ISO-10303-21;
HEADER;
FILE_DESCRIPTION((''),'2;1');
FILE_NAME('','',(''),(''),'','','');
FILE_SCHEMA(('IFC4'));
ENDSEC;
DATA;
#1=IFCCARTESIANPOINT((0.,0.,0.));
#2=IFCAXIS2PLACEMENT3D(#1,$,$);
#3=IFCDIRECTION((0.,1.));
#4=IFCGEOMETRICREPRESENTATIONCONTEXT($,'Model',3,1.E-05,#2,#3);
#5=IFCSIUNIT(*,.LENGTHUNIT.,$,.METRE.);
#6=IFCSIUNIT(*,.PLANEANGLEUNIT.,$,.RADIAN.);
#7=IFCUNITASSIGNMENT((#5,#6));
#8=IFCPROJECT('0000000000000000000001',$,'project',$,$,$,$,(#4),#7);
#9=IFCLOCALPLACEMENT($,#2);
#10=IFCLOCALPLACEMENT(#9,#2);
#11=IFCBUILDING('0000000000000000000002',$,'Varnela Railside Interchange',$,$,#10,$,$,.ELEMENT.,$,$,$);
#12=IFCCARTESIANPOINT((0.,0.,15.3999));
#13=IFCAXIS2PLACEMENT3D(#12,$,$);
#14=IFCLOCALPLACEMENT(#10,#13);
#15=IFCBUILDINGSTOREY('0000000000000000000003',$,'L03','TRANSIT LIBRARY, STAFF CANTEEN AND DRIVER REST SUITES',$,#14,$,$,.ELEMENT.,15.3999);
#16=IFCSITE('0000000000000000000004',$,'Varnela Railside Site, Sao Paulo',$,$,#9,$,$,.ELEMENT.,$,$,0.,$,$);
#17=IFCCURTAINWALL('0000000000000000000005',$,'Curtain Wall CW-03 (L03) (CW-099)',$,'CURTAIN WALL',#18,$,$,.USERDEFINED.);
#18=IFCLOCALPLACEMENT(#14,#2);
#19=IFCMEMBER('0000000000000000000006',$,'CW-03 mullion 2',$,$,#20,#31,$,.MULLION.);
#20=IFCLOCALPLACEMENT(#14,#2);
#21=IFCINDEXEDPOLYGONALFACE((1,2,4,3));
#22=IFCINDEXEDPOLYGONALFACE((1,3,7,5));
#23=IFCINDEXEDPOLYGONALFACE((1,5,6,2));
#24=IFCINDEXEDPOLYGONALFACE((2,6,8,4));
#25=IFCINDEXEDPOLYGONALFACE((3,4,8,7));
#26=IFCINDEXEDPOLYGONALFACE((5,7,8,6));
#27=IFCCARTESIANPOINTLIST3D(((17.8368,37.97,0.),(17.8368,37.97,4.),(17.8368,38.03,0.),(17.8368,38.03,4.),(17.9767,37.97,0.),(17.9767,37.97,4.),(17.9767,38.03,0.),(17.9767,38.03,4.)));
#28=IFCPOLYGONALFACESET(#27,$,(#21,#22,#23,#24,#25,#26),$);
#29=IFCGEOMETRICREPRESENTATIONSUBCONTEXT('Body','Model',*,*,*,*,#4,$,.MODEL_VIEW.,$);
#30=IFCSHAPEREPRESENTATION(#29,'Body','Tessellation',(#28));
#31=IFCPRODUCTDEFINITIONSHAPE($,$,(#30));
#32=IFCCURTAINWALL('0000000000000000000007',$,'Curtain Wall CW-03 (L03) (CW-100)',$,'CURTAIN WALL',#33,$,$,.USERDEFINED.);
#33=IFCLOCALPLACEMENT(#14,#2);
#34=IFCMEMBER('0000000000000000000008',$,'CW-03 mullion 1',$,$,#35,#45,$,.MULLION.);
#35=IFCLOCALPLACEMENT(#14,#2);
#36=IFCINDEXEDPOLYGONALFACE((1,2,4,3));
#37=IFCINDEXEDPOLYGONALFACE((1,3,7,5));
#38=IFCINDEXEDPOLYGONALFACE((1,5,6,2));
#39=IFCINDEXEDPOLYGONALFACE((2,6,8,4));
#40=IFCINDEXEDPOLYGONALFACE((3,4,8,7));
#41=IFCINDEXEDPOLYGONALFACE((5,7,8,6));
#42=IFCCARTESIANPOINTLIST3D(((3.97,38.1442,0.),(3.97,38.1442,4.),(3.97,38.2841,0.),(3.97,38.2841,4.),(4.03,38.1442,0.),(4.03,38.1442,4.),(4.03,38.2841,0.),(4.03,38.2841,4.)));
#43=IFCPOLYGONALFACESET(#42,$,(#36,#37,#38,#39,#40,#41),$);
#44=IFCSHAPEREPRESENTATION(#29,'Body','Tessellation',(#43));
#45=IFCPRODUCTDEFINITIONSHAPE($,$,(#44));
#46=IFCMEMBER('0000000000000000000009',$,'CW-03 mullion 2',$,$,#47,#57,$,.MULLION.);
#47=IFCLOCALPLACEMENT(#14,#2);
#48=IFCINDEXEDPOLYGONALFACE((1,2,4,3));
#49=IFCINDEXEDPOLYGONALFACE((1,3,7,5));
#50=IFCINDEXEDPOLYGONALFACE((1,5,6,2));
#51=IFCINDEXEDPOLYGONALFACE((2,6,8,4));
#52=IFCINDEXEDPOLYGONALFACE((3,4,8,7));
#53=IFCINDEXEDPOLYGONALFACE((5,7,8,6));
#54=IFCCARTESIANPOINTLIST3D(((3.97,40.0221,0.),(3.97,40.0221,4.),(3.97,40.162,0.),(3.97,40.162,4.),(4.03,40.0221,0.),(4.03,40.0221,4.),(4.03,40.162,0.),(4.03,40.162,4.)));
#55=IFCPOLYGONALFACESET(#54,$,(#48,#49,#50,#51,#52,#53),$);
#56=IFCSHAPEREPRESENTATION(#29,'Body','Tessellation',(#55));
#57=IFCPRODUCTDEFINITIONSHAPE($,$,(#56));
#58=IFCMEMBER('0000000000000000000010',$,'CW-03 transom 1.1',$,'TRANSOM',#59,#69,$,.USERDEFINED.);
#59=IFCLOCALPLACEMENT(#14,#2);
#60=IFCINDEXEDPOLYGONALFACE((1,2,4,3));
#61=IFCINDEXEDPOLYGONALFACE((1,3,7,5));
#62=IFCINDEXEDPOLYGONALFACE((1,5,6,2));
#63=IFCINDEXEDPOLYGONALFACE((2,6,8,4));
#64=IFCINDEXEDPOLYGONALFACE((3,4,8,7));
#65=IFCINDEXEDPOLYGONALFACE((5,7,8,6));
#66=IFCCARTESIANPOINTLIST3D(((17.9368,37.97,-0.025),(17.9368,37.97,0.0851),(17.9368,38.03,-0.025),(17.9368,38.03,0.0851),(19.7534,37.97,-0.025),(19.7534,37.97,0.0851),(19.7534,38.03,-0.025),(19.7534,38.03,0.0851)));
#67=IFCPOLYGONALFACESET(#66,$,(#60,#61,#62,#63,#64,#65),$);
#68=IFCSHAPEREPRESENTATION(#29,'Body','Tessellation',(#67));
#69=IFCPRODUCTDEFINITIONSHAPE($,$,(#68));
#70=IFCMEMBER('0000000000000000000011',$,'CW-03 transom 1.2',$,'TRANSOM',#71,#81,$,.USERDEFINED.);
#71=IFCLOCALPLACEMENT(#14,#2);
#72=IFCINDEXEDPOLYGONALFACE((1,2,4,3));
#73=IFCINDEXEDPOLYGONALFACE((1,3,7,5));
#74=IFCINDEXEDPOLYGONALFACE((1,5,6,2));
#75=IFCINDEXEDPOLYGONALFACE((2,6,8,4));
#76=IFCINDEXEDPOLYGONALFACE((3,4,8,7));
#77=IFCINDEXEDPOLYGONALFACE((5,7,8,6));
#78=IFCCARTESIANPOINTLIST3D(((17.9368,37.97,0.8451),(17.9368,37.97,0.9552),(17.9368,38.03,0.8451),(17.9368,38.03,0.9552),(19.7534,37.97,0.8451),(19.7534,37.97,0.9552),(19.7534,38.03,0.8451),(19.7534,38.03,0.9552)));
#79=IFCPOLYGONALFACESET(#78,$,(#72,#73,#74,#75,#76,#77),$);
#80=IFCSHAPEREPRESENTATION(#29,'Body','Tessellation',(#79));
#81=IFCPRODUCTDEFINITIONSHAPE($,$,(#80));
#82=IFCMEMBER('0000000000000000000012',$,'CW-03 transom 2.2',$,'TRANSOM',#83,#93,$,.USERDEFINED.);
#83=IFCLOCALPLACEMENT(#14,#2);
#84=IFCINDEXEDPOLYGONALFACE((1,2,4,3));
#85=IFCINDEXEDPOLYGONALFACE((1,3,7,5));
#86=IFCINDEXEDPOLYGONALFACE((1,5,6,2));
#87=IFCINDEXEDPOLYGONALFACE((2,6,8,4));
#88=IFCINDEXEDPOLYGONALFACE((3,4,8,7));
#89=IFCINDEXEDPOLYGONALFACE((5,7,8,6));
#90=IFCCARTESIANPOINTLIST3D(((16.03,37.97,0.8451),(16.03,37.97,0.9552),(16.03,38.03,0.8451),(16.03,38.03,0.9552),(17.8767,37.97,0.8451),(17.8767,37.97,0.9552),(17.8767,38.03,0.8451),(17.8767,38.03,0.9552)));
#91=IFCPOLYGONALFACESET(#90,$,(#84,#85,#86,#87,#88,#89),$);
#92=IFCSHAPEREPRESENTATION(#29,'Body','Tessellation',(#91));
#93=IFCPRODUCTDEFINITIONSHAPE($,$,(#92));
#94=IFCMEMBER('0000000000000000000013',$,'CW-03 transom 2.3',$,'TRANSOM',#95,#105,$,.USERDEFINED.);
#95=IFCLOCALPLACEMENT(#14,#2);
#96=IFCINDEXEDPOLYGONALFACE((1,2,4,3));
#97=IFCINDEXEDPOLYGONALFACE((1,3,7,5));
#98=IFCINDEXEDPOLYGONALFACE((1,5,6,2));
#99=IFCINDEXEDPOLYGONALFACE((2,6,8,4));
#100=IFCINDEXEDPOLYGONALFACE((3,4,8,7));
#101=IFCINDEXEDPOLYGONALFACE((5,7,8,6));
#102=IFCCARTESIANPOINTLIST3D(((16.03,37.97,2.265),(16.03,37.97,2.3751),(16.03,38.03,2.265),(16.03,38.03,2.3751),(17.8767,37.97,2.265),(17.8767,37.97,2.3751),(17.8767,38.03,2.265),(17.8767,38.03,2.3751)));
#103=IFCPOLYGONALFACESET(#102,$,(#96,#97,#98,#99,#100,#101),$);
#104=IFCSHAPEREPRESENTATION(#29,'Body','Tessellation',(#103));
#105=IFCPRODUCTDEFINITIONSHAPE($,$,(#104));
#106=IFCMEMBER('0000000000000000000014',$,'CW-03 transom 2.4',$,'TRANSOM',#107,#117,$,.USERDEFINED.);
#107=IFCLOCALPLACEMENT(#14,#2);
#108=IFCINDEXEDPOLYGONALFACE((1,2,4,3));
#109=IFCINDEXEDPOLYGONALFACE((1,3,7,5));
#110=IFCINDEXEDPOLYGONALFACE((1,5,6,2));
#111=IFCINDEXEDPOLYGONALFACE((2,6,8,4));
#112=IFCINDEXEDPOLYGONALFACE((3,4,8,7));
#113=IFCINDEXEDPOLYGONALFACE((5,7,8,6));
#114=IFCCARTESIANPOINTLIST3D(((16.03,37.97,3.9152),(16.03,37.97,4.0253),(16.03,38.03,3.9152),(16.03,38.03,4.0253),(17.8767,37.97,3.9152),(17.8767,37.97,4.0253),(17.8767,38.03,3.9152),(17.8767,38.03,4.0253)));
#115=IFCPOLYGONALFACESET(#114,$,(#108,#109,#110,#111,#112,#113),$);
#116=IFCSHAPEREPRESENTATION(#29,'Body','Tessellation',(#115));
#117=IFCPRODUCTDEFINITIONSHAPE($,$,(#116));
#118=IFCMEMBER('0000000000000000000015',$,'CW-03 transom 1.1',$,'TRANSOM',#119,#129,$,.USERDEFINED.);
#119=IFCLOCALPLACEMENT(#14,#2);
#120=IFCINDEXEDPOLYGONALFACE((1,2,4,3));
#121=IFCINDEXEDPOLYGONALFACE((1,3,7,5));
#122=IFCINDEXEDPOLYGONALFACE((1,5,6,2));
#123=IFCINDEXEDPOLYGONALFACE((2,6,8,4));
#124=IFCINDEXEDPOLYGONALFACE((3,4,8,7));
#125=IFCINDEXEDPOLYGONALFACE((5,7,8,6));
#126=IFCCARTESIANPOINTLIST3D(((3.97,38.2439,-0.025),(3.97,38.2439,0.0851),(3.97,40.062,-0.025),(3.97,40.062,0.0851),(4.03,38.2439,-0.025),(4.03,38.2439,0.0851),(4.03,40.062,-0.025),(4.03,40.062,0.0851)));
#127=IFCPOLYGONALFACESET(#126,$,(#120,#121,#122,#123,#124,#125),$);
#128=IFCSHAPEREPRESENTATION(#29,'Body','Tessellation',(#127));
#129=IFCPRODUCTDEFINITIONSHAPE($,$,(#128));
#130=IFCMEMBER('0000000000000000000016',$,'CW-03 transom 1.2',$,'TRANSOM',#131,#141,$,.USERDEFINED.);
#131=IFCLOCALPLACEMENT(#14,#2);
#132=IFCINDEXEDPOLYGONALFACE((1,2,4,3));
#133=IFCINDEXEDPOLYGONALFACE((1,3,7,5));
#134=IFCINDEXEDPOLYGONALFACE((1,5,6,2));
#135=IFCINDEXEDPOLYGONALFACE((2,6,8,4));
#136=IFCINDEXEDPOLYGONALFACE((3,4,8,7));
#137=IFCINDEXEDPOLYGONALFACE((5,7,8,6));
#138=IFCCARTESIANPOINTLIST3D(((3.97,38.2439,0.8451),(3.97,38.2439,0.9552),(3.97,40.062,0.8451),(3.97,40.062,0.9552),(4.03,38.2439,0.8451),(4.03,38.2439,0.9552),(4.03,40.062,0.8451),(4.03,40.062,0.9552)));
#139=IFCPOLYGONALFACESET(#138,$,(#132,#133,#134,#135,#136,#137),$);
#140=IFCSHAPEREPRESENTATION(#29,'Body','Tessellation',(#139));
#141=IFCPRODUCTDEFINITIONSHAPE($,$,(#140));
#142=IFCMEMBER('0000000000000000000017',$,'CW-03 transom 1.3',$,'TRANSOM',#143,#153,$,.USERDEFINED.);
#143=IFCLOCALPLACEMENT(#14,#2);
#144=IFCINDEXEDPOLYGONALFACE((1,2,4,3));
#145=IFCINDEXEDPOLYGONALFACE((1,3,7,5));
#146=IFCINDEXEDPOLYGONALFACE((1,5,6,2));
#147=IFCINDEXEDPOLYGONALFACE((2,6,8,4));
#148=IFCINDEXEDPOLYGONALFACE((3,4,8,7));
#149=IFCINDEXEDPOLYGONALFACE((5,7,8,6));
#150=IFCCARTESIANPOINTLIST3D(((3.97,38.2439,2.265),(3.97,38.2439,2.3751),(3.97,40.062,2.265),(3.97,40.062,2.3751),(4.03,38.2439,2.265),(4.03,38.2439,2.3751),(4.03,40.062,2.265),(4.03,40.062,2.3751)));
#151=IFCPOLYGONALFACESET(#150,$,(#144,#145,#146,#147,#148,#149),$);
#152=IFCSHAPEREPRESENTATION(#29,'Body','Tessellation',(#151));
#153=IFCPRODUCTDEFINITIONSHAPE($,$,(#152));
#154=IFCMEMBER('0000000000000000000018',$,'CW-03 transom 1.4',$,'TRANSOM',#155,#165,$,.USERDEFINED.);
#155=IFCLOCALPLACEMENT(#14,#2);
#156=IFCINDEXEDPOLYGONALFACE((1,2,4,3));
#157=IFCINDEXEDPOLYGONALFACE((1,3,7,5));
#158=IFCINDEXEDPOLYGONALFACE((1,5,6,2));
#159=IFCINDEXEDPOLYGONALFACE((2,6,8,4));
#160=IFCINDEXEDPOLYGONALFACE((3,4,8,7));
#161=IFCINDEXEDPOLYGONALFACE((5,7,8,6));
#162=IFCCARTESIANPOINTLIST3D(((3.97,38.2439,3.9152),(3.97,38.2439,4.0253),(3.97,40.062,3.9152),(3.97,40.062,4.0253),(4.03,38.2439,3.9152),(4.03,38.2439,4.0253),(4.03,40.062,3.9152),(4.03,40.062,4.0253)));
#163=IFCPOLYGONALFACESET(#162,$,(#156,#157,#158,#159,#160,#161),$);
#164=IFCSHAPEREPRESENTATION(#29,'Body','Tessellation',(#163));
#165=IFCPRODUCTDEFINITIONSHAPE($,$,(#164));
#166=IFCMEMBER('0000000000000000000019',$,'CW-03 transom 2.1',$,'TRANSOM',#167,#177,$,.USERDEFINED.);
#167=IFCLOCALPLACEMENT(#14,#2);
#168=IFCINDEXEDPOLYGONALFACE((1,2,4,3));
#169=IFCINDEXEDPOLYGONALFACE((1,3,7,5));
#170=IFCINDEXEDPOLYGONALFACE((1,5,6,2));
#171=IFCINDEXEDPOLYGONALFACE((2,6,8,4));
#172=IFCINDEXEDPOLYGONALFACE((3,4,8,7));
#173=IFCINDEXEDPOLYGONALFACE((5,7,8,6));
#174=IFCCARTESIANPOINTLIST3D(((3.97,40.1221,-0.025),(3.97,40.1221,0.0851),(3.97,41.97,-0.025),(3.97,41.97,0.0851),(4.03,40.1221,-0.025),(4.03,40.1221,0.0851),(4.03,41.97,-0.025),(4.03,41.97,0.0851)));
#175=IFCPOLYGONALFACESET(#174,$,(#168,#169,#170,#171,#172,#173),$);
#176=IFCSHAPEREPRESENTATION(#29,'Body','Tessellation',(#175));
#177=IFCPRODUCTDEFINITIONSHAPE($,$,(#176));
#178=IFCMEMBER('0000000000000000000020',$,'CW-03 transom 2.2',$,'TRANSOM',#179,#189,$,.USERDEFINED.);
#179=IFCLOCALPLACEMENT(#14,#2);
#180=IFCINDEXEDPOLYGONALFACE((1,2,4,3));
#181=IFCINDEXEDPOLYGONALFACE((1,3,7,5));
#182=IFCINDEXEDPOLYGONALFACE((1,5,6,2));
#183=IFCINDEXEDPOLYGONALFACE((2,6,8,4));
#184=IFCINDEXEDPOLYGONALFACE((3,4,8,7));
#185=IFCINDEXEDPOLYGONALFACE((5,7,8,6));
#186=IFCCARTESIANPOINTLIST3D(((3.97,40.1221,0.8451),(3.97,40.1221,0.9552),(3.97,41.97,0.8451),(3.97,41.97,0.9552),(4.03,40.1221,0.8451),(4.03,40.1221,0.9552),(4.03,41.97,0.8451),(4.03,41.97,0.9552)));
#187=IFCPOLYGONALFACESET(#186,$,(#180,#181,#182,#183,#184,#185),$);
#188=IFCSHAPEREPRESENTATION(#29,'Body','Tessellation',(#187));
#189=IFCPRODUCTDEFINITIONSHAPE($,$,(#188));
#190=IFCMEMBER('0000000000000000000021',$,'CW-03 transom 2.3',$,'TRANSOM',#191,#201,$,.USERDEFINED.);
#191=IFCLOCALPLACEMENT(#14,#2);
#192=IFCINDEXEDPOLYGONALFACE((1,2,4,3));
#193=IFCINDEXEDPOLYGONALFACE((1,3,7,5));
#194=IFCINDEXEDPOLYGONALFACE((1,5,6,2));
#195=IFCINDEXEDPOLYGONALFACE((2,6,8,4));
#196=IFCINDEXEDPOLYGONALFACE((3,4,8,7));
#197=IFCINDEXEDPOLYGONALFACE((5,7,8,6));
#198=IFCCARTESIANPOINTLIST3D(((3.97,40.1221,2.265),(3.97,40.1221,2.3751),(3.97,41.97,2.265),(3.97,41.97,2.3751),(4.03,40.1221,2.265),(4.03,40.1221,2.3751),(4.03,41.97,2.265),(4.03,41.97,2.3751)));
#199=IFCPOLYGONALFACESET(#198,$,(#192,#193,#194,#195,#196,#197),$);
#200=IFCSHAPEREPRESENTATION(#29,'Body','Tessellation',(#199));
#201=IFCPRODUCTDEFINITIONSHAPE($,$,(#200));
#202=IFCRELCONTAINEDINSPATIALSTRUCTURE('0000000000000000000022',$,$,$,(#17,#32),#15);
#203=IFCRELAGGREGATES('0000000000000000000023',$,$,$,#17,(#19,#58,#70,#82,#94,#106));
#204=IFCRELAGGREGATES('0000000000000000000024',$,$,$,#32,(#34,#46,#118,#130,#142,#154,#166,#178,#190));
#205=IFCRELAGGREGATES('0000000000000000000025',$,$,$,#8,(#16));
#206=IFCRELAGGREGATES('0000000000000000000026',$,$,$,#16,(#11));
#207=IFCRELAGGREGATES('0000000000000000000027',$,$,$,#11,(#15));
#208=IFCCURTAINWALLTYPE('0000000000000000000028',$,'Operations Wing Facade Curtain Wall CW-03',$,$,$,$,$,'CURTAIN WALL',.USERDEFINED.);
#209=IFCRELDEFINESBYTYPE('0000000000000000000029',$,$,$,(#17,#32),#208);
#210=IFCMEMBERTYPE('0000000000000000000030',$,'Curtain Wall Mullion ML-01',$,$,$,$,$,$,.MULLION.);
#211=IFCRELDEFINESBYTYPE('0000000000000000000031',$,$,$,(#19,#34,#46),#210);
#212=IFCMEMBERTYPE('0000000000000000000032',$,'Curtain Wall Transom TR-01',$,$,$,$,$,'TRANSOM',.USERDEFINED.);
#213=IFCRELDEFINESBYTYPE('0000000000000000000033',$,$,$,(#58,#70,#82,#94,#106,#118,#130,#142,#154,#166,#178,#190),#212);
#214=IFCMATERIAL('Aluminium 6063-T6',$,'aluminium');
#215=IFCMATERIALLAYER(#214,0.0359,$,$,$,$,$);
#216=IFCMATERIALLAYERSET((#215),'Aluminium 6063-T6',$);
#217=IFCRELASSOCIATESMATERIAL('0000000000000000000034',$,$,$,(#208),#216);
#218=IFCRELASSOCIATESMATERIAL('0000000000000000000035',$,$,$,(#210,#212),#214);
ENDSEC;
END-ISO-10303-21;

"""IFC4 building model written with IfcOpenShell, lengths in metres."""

from ifc_helpers import new_model, si_unit, direction, frame, origin, origin_2d, place, context, subcontext, project, spatial, rectangle, extrude, material, layer, layer_set, material_profile, profile_set, type_object, element, aggregate, save


model = new_model("IFC4")

# Units and contexts
model_context = context("Model", 3, precision=1e-05, world=origin(), true_north=direction((0.0, 1.0)))
body_context = subcontext(model_context, "Body", "Model", "MODEL_VIEW")
ifc_project = project(units=[si_unit("LENGTHUNIT", "METRE"), si_unit("PLANEANGLEUNIT", "RADIAN")], contexts=[model_context])

# Site, building, storey
site_placement = place(None, origin())
site = spatial("IfcSite", under=ifc_project, at=site_placement, Name="Varnela Railside Site, Sao Paulo", CompositionType="ELEMENT", RefElevation=0.0)
building_placement = place(site_placement, origin())
building = spatial("IfcBuilding", under=site, at=building_placement, Name="Varnela Railside Interchange", CompositionType="ELEMENT")
storey_placement = place(building_placement, frame((0.0, 0.0, 15.3999)))
storey = spatial("IfcBuildingStorey", under=building, at=storey_placement, Name="L03", Description="TRANSIT LIBRARY, STAFF CANTEEN AND DRIVER REST SUITES", CompositionType="ELEMENT", Elevation=15.3999)

# Curtain wall, member
ifc_material_1 = material(Name="Aluminium 6063-T6", Category="aluminium")
ifc_layer_1 = layer(ifc_material_1, 0.0359)
ifc_layer_set_1 = layer_set([ifc_layer_1], Name="Aluminium 6063-T6")
curtain_wall_type = type_object("IfcCurtainWallType", Name="Operations Wing Facade Curtain Wall CW-03", ElementType="CURTAIN WALL", PredefinedType="USERDEFINED", material=ifc_layer_set_1)
curtain_wall_1_placement = place(storey_placement, origin())
curtain_wall_1 = element("IfcCurtainWall", 1, at=curtain_wall_1_placement, inside=storey, type_object=curtain_wall_type, Name="Curtain Wall CW-03 (L03) (CW-099)", ObjectType="CURTAIN WALL", PredefinedType="USERDEFINED")
ifc_material_profile_1 = material_profile(ifc_material_1, rectangle(XDim=0.0601, YDim=0.1399, at=origin_2d()), Name="ALU 60x140")
ifc_profile_set_1 = profile_set([ifc_material_profile_1], Name="Aluminium 6063-T6")
member_type_1 = type_object("IfcMemberType", Name="Curtain Wall Mullion ML-01", PredefinedType="MULLION", material=ifc_profile_set_1)
member_1_placement = place(storey_placement, frame((17.9067, 38.0, 0.0), z_axis=(0.0, 0.0, 1.0), x_axis=(0.0, -1.0, 0.0)))
member_1 = element("IfcMember", 2, at=member_1_placement, type_object=member_type_1, Name="CW-03 mullion 2", PredefinedType="MULLION", context=body_context, shape_type="SweptSolid", body=[
    extrude(rectangle(XDim=0.0601, YDim=0.1399, at=origin_2d()), origin(), (0.0, 0.0, 1.0), 4.0),
])

# Curtain wall, members
curtain_wall_2_placement = place(storey_placement, origin())
curtain_wall_2 = element("IfcCurtainWall", 3, at=curtain_wall_2_placement, inside=storey, type_object=curtain_wall_type, Name="Curtain Wall CW-03 (L03) (CW-100)", ObjectType="CURTAIN WALL", PredefinedType="USERDEFINED")
member_2_placement = place(storey_placement, frame((4.0, 38.2141, 0.0), z_axis=(0.0, 0.0, 1.0), x_axis=(-1.0, 0.0, 0.0)))
member_2 = element("IfcMember", 4, at=member_2_placement, type_object=member_type_1, Name="CW-03 mullion 1", PredefinedType="MULLION", context=body_context, shape_type="SweptSolid", body=[
    extrude(rectangle(XDim=0.0601, YDim=0.1399, at=origin_2d()), origin(), (0.0, 0.0, 1.0), 4.0),
])
member_3_placement = place(storey_placement, frame((4.0, 40.092, 0.0), z_axis=(0.0, 0.0, 1.0), x_axis=(-1.0, 0.0, 0.0)))
member_3 = element("IfcMember", 5, at=member_3_placement, type_object=member_type_1, Name="CW-03 mullion 2", PredefinedType="MULLION", context=body_context, shape_type="SweptSolid", body=[
    extrude(rectangle(XDim=0.0601, YDim=0.1399, at=origin_2d()), origin(), (0.0, 0.0, 1.0), 4.0),
])

# Members
ifc_material_profile_2 = material_profile(ifc_material_1, rectangle(XDim=0.0601, YDim=0.1101, at=origin_2d()), Name="ALU 60x110")
ifc_profile_set_2 = profile_set([ifc_material_profile_2], Name="Aluminium 6063-T6")
member_type_2 = type_object("IfcMemberType", Name="Curtain Wall Transom TR-01", ElementType="TRANSOM", PredefinedType="USERDEFINED", material=ifc_profile_set_2)
member_4_placement = place(storey_placement, frame((19.7534, 38.0, 0.03), z_axis=(-1.0, 0.0, 0.0), x_axis=(0.0, -1.0, 0.0)))
member_4 = element("IfcMember", 6, at=member_4_placement, type_object=member_type_2, Name="CW-03 transom 1.1", ObjectType="TRANSOM", PredefinedType="USERDEFINED", context=body_context, shape_type="SweptSolid", body=[
    extrude(rectangle(XDim=0.0601, YDim=0.1101, at=origin_2d()), origin(), (0.0, 0.0, 1.0), 1.8167),
])
member_5_placement = place(storey_placement, frame((19.7534, 38.0, 0.9001), z_axis=(-1.0, 0.0, 0.0), x_axis=(0.0, -1.0, 0.0)))
member_5 = element("IfcMember", 7, at=member_5_placement, type_object=member_type_2, Name="CW-03 transom 1.2", ObjectType="TRANSOM", PredefinedType="USERDEFINED", context=body_context, shape_type="SweptSolid", body=[
    extrude(rectangle(XDim=0.0601, YDim=0.1101, at=origin_2d()), origin(), (0.0, 0.0, 1.0), 1.8167),
])
member_6_placement = place(storey_placement, frame((17.8767, 38.0, 0.9001), z_axis=(-1.0, 0.0, 0.0), x_axis=(0.0, -1.0, 0.0)))
member_6 = element("IfcMember", 8, at=member_6_placement, type_object=member_type_2, Name="CW-03 transom 2.2", ObjectType="TRANSOM", PredefinedType="USERDEFINED", context=body_context, shape_type="SweptSolid", body=[
    extrude(rectangle(XDim=0.0601, YDim=0.1101, at=origin_2d()), origin(), (0.0, 0.0, 1.0), 1.8467),
])
member_7_placement = place(storey_placement, frame((17.8767, 38.0, 2.3201), z_axis=(-1.0, 0.0, 0.0), x_axis=(0.0, -1.0, 0.0)))
member_7 = element("IfcMember", 9, at=member_7_placement, type_object=member_type_2, Name="CW-03 transom 2.3", ObjectType="TRANSOM", PredefinedType="USERDEFINED", context=body_context, shape_type="SweptSolid", body=[
    extrude(rectangle(XDim=0.0601, YDim=0.1101, at=origin_2d()), origin(), (0.0, 0.0, 1.0), 1.8467),
])
member_8_placement = place(storey_placement, frame((17.8767, 38.0, 3.9702), z_axis=(-1.0, 0.0, 0.0), x_axis=(0.0, -1.0, 0.0)))
member_8 = element("IfcMember", 10, at=member_8_placement, type_object=member_type_2, Name="CW-03 transom 2.4", ObjectType="TRANSOM", PredefinedType="USERDEFINED", context=body_context, shape_type="SweptSolid", body=[
    extrude(rectangle(XDim=0.0601, YDim=0.1101, at=origin_2d()), origin(), (0.0, 0.0, 1.0), 1.8467),
])
member_9_placement = place(storey_placement, frame((4.0, 38.2439, 0.03), z_axis=(0.0, 1.0, 0.0), x_axis=(-1.0, 0.0, 0.0)))
member_9 = element("IfcMember", 11, at=member_9_placement, type_object=member_type_2, Name="CW-03 transom 1.1", ObjectType="TRANSOM", PredefinedType="USERDEFINED", context=body_context, shape_type="SweptSolid", body=[
    extrude(rectangle(XDim=0.0601, YDim=0.1101, at=origin_2d()), origin(), (0.0, 0.0, 1.0), 1.8181),
])
member_10_placement = place(storey_placement, frame((4.0, 38.2439, 0.9001), z_axis=(0.0, 1.0, 0.0), x_axis=(-1.0, 0.0, 0.0)))
member_10 = element("IfcMember", 12, at=member_10_placement, type_object=member_type_2, Name="CW-03 transom 1.2", ObjectType="TRANSOM", PredefinedType="USERDEFINED", context=body_context, shape_type="SweptSolid", body=[
    extrude(rectangle(XDim=0.0601, YDim=0.1101, at=origin_2d()), origin(), (0.0, 0.0, 1.0), 1.8181),
])
member_11_placement = place(storey_placement, frame((4.0, 38.2439, 2.3201), z_axis=(0.0, 1.0, 0.0), x_axis=(-1.0, 0.0, 0.0)))
member_11 = element("IfcMember", 13, at=member_11_placement, type_object=member_type_2, Name="CW-03 transom 1.3", ObjectType="TRANSOM", PredefinedType="USERDEFINED", context=body_context, shape_type="SweptSolid", body=[
    extrude(rectangle(XDim=0.0601, YDim=0.1101, at=origin_2d()), origin(), (0.0, 0.0, 1.0), 1.8181),
])
member_12_placement = place(storey_placement, frame((4.0, 38.2439, 3.9702), z_axis=(0.0, 1.0, 0.0), x_axis=(-1.0, 0.0, 0.0)))
member_12 = element("IfcMember", 14, at=member_12_placement, type_object=member_type_2, Name="CW-03 transom 1.4", ObjectType="TRANSOM", PredefinedType="USERDEFINED", context=body_context, shape_type="SweptSolid", body=[
    extrude(rectangle(XDim=0.0601, YDim=0.1101, at=origin_2d()), origin(), (0.0, 0.0, 1.0), 1.8181),
])
member_13_placement = place(storey_placement, frame((4.0, 40.1221, 0.03), z_axis=(0.0, 1.0, 0.0), x_axis=(-1.0, 0.0, 0.0)))
member_13 = element("IfcMember", 15, at=member_13_placement, type_object=member_type_2, Name="CW-03 transom 2.1", ObjectType="TRANSOM", PredefinedType="USERDEFINED", context=body_context, shape_type="SweptSolid", body=[
    extrude(rectangle(XDim=0.0601, YDim=0.1101, at=origin_2d()), origin(), (0.0, 0.0, 1.0), 1.8479),
])
member_14_placement = place(storey_placement, frame((4.0, 40.1221, 0.9001), z_axis=(0.0, 1.0, 0.0), x_axis=(-1.0, 0.0, 0.0)))
member_14 = element("IfcMember", 16, at=member_14_placement, type_object=member_type_2, Name="CW-03 transom 2.2", ObjectType="TRANSOM", PredefinedType="USERDEFINED", context=body_context, shape_type="SweptSolid", body=[
    extrude(rectangle(XDim=0.0601, YDim=0.1101, at=origin_2d()), origin(), (0.0, 0.0, 1.0), 1.8479),
])
member_15_placement = place(storey_placement, frame((4.0, 40.1221, 2.3201), z_axis=(0.0, 1.0, 0.0), x_axis=(-1.0, 0.0, 0.0)))
member_15 = element("IfcMember", 17, at=member_15_placement, type_object=member_type_2, Name="CW-03 transom 2.3", ObjectType="TRANSOM", PredefinedType="USERDEFINED", context=body_context, shape_type="SweptSolid", body=[
    extrude(rectangle(XDim=0.0601, YDim=0.1101, at=origin_2d()), origin(), (0.0, 0.0, 1.0), 1.8479),
])

aggregate(curtain_wall_1, [member_1, member_4, member_5, member_6, member_7, member_8])
aggregate(curtain_wall_2, [member_2, member_3, member_9, member_10, member_11, member_12, member_13, member_14, member_15])

save(model, "model.ifc")
